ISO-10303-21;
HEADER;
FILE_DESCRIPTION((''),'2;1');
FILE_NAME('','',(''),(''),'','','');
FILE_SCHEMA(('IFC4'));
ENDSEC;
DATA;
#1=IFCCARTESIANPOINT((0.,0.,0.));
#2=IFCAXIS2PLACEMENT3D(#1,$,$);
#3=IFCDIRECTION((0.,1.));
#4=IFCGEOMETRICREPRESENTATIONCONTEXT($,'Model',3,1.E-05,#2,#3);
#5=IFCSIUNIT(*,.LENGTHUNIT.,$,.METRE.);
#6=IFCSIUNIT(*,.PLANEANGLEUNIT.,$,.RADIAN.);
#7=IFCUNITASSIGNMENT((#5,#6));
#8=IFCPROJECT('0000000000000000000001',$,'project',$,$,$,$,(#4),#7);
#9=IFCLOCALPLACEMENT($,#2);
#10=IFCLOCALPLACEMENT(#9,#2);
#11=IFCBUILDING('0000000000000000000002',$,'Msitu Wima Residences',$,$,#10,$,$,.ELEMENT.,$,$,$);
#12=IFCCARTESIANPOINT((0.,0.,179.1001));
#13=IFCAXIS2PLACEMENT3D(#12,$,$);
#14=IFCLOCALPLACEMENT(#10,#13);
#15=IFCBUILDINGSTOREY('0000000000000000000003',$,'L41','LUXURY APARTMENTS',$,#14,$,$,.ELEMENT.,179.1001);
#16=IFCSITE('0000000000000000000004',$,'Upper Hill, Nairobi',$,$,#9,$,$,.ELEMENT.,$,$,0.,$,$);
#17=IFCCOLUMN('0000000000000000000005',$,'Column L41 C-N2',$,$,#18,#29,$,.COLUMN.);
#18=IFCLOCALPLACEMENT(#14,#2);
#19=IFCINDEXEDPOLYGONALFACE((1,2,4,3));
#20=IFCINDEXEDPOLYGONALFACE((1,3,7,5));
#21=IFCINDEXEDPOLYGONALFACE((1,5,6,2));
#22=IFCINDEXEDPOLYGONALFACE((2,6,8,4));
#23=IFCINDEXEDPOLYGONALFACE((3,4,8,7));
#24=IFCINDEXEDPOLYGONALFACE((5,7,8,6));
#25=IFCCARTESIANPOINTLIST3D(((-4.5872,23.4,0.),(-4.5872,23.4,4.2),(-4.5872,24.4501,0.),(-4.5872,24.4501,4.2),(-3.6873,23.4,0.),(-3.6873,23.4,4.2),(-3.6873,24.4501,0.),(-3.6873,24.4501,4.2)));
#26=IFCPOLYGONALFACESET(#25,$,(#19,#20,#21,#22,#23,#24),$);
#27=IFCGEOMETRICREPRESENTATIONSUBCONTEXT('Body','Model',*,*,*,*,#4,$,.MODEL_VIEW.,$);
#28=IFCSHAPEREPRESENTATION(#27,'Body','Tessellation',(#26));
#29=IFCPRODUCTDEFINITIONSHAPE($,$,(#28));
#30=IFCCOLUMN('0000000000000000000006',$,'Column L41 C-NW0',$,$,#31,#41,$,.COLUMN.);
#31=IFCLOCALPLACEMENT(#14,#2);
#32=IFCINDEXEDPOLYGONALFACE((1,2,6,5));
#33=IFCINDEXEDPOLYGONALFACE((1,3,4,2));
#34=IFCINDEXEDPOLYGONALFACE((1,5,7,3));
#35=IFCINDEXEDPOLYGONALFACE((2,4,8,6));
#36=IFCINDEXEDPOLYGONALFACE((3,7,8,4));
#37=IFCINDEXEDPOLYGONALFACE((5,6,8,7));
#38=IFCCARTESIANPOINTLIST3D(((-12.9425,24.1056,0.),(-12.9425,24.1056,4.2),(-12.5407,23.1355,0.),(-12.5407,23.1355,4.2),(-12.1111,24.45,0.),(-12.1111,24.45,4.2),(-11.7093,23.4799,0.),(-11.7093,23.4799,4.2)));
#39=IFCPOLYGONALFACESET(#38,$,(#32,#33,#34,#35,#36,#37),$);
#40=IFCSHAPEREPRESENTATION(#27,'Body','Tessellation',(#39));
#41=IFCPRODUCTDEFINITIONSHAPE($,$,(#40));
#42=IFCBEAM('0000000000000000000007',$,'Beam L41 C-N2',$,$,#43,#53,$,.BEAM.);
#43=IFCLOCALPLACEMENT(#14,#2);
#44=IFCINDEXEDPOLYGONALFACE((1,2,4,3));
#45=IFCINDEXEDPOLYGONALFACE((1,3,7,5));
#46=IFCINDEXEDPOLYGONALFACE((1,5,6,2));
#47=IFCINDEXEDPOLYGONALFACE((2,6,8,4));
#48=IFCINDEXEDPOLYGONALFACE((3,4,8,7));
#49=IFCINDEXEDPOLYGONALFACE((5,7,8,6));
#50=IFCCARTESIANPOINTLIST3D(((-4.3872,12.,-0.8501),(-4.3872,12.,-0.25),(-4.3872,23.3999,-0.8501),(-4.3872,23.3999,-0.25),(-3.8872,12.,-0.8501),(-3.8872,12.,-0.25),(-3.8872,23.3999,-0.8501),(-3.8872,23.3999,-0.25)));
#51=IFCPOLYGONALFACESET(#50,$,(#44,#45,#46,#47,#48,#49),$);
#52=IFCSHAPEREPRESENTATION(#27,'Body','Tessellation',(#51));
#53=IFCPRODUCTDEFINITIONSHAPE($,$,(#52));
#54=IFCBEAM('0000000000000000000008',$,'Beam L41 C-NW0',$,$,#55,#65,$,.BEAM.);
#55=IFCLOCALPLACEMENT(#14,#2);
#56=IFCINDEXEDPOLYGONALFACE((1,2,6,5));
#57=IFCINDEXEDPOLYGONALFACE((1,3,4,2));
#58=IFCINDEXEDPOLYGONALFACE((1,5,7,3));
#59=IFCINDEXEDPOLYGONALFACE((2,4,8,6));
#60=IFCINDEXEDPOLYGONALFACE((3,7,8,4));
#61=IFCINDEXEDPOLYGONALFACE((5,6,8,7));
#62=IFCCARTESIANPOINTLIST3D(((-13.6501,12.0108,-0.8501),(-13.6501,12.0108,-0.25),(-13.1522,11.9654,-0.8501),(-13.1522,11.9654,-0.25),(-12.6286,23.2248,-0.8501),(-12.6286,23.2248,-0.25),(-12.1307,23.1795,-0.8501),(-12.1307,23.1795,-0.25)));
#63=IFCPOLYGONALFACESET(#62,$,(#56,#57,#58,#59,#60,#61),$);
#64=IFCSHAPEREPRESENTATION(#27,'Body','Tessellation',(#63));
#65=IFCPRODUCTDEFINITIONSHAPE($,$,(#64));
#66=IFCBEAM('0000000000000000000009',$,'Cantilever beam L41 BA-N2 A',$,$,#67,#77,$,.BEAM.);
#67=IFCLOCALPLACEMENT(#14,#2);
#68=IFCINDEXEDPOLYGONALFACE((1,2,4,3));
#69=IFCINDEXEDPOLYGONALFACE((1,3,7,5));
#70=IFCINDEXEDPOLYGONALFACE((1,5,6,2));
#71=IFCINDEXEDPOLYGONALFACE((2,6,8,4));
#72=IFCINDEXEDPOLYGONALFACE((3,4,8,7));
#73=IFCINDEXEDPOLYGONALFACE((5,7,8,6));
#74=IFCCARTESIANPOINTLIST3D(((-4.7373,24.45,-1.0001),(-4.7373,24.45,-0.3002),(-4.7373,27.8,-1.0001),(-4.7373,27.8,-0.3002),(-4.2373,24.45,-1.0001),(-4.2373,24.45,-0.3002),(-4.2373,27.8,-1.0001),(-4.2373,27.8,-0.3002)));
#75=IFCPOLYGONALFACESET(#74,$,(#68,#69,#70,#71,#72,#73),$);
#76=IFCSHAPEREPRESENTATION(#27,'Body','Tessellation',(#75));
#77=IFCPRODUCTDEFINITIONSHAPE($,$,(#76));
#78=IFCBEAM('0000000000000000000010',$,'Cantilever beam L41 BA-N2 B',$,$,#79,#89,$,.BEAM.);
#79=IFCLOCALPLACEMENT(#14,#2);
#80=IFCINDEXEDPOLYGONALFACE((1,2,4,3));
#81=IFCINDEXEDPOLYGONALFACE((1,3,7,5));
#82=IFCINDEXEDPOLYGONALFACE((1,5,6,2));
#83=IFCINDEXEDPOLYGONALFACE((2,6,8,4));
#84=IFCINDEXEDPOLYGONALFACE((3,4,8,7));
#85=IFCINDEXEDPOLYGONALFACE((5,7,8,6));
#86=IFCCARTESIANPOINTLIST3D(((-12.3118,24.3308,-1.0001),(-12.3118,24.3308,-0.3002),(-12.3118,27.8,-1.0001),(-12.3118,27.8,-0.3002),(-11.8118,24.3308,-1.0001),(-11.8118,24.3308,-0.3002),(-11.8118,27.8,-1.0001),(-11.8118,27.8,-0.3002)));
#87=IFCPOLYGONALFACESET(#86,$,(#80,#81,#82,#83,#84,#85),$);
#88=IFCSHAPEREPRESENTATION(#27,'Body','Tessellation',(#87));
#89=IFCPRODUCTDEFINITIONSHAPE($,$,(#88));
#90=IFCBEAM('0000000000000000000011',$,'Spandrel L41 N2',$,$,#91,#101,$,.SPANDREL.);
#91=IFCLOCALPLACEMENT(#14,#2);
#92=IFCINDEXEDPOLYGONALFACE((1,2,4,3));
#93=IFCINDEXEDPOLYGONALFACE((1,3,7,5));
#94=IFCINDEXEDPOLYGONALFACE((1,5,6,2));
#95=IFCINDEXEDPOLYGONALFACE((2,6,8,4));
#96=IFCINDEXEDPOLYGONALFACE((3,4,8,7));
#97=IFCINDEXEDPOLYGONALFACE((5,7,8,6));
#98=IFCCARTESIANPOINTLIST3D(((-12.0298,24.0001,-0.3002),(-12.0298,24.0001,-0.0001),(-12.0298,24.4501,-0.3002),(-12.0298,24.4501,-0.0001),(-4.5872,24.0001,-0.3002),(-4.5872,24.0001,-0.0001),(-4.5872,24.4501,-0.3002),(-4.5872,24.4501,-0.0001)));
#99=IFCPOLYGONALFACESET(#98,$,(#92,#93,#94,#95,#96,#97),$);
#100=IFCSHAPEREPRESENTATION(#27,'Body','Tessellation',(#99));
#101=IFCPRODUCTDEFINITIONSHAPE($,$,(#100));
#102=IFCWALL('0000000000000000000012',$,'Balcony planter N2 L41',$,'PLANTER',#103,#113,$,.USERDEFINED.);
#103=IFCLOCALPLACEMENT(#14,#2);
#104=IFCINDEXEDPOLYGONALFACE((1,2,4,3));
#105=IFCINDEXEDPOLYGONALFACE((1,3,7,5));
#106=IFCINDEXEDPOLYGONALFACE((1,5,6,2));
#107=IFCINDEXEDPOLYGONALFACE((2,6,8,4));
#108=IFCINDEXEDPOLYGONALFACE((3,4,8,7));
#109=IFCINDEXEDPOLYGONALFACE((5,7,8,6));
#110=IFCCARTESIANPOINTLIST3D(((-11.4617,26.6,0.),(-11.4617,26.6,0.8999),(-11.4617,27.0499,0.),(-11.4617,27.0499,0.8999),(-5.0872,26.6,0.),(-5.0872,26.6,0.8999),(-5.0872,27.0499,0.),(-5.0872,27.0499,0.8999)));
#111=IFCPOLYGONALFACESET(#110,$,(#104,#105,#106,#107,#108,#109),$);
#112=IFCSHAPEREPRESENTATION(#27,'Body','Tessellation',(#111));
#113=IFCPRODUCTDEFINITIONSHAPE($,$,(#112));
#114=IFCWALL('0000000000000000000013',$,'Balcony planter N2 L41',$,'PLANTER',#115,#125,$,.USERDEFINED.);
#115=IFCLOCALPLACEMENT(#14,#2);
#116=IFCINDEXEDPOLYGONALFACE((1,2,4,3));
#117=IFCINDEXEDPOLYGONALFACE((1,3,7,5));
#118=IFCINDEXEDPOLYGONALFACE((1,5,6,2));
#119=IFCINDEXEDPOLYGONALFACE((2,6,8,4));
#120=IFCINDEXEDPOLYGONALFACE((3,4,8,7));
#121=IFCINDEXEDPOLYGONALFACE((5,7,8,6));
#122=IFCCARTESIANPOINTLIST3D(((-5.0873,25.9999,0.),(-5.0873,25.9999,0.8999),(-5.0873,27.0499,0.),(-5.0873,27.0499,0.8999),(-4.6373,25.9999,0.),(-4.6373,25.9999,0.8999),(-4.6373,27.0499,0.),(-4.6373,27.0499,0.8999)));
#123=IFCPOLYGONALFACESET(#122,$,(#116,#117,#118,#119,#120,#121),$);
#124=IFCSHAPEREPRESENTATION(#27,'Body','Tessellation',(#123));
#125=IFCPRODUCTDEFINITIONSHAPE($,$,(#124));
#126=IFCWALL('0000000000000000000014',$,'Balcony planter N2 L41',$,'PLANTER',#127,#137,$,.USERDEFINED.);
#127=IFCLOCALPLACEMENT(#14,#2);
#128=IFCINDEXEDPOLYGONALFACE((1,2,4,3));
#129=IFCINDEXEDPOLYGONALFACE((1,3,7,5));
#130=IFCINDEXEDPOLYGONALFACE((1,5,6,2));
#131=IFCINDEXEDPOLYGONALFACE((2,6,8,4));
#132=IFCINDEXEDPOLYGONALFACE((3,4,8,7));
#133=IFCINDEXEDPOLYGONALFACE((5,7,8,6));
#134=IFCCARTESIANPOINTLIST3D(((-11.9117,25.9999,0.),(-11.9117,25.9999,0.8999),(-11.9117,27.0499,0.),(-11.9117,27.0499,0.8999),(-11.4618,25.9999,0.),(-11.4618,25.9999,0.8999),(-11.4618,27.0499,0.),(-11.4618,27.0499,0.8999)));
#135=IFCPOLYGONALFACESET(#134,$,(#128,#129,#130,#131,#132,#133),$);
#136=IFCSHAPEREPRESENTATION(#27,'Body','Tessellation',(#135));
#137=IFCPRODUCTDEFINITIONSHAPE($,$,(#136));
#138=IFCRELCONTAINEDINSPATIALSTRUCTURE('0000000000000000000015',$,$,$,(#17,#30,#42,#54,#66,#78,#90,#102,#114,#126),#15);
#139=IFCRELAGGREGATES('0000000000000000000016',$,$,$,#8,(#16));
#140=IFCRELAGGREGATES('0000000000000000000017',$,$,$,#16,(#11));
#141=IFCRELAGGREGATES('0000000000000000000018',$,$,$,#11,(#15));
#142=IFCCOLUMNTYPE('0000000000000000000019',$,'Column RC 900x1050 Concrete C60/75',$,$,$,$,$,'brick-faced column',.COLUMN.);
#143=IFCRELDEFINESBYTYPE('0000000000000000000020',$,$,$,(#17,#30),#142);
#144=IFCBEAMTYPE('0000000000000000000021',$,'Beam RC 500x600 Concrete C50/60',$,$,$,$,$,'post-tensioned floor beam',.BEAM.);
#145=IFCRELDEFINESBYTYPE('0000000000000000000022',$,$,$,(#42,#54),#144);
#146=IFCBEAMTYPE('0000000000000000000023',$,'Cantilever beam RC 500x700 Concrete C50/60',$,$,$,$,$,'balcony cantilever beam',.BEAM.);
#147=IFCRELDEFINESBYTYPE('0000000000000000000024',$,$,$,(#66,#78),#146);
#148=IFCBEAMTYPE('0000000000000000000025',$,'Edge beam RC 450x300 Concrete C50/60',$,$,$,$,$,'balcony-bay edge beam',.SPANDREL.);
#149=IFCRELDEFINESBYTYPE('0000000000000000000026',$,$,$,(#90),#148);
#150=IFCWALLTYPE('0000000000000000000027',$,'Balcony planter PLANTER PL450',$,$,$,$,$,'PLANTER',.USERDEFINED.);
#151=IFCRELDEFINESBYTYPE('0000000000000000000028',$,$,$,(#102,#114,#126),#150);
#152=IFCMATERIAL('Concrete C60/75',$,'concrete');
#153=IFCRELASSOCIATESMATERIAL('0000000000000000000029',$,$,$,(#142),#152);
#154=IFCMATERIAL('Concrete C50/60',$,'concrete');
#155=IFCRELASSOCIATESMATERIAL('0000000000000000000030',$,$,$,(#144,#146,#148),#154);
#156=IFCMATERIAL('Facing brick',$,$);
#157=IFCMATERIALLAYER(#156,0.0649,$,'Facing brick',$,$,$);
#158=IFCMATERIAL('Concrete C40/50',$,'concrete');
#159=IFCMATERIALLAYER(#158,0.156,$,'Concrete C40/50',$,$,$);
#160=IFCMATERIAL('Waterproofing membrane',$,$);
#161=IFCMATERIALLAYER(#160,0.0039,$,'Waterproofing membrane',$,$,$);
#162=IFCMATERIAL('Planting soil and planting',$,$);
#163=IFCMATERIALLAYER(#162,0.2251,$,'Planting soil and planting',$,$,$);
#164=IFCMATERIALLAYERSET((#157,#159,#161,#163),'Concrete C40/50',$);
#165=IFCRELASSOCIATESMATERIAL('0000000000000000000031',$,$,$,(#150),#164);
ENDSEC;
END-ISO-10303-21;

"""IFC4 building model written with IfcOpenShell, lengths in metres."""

from ifc_helpers import new_model, si_unit, direction, frame, frame_2d, origin, origin_2d, place, context, subcontext, project, spatial, rectangle, extrude, material, layer, layer_set, material_profile, profile_set, type_object, element, save


model = new_model("IFC4")

# Units and contexts
model_context = context("Model", 3, precision=1e-05, world=origin(), true_north=direction((0.0, 1.0)))
body_context = subcontext(model_context, "Body", "Model", "MODEL_VIEW")
ifc_project = project(units=[si_unit("LENGTHUNIT", "METRE"), si_unit("PLANEANGLEUNIT", "RADIAN")], contexts=[model_context])

# Site, building, storey
site_placement = place(None, origin())
site = spatial("IfcSite", under=ifc_project, at=site_placement, Name="Upper Hill, Nairobi", CompositionType="ELEMENT", RefElevation=0.0)
building_placement = place(site_placement, origin())
building = spatial("IfcBuilding", under=site, at=building_placement, Name="Msitu Wima Residences", CompositionType="ELEMENT")
storey_placement = place(building_placement, frame((0.0, 0.0, 179.1001)))
storey = spatial("IfcBuildingStorey", under=building, at=storey_placement, Name="L41", Description="LUXURY APARTMENTS", CompositionType="ELEMENT", Elevation=179.1001)

# Columns
ifc_material_1 = material(Name="Concrete C60/75", Category="concrete")
ifc_material_profile_1 = material_profile(ifc_material_1, rectangle(XDim=0.8999, YDim=1.05, at=origin_2d()), Name="RC 900x1050")
ifc_profile_set_1 = profile_set([ifc_material_profile_1], Name="Concrete C60/75")
column_type = type_object("IfcColumnType", Name="Column RC 900x1050 Concrete C60/75", ElementType="brick-faced column", PredefinedType="COLUMN", material=ifc_profile_set_1)
for number, where, z_axis, x_axis, name in (
    (1, (-4.1372, 23.925, 0.0), (0.0, 0.0, 1.0), (-1.0, 0.0, 0.0), "Column L41 C-N2"),
    (2, (-12.3259, 23.7927, 0.0), (0.0, 0.0, 1.0), (-0.92388, -0.382683, 0.0), "Column L41 C-NW0"),
):
    element("IfcColumn", number, at=place(storey_placement, frame(where, z_axis=z_axis, x_axis=x_axis)), inside=storey, type_object=column_type, Name=name, PredefinedType="COLUMN", context=body_context, shape_type="SweptSolid", body=[
        extrude(rectangle(XDim=0.8999, YDim=1.05, at=origin_2d()), origin(), (0.0, 0.0, 1.0), 4.2),
    ])

# Beams
ifc_material_2 = material(Name="Concrete C50/60", Category="concrete")
ifc_material_profile_2 = material_profile(ifc_material_2, rectangle(XDim=0.5, YDim=0.6001, at=origin_2d()), Name="RC 500x600")
ifc_profile_set_2 = profile_set([ifc_material_profile_2], Name="Concrete C50/60")
beam_type_1 = type_object("IfcBeamType", Name="Beam RC 500x600 Concrete C50/60", ElementType="post-tensioned floor beam", PredefinedType="BEAM", material=ifc_profile_set_2)
beam_1_placement = place(storey_placement, frame((-4.1372, 23.3999, -0.55), z_axis=(0.0, -1.0, 0.0), x_axis=(1.0, 0.0, 0.0)))
element("IfcBeam", 3, at=beam_1_placement, inside=storey, type_object=beam_type_1, Name="Beam L41 C-N2", PredefinedType="BEAM", context=body_context, shape_type="SweptSolid", body=[
    extrude(rectangle(XDim=0.5, YDim=0.6001, at=origin_2d()), origin(), (0.0, 0.0, 1.0), 11.3999),
])
beam_2_placement = place(storey_placement, frame((-12.3796, 23.2021, -0.55), z_axis=(-0.090714, -0.995877, 0.0), x_axis=(0.995877, -0.090714, 0.0)))
element("IfcBeam", 4, at=beam_2_placement, inside=storey, type_object=beam_type_1, Name="Beam L41 C-NW0", PredefinedType="BEAM", context=body_context, shape_type="SweptSolid", body=[
    extrude(rectangle(XDim=0.5, YDim=0.6001, at=origin_2d()), origin(), (0.0, 0.0, 1.0), 11.2605),
])
ifc_material_profile_3 = material_profile(ifc_material_2, rectangle(XDim=0.5, YDim=0.7, at=origin_2d()), Name="RC 500x700")
ifc_profile_set_3 = profile_set([ifc_material_profile_3], Name="Concrete C50/60")
beam_type_2 = type_object("IfcBeamType", Name="Cantilever beam RC 500x700 Concrete C50/60", ElementType="balcony cantilever beam", PredefinedType="BEAM", material=ifc_profile_set_3)
beam_3_placement = place(storey_placement, frame((-4.4873, 24.45, -0.6501), z_axis=(0.0, 1.0, 0.0), x_axis=(-1.0, 0.0, 0.0)))
element("IfcBeam", 5, at=beam_3_placement, inside=storey, type_object=beam_type_2, Name="Cantilever beam L41 BA-N2 A", PredefinedType="BEAM", context=body_context, shape_type="SweptSolid", body=[
    extrude(rectangle(XDim=0.5, YDim=0.7, at=origin_2d()), origin(), (0.0, 0.0, 1.0), 3.3501),
])
beam_4_placement = place(storey_placement, frame((-12.0618, 24.3308, -0.6501), z_axis=(0.0, 1.0, 0.0), x_axis=(-1.0, 0.0, 0.0)))
element("IfcBeam", 6, at=beam_4_placement, inside=storey, type_object=beam_type_2, Name="Cantilever beam L41 BA-N2 B", PredefinedType="BEAM", context=body_context, shape_type="SweptSolid", body=[
    extrude(rectangle(XDim=0.5, YDim=0.7, at=origin_2d()), origin(), (0.0, 0.0, 1.0), 3.4692),
])
ifc_material_profile_4 = material_profile(ifc_material_2, rectangle(XDim=0.45, YDim=0.3, at=origin_2d()), Name="RC 450x300")
ifc_profile_set_4 = profile_set([ifc_material_profile_4], Name="Concrete C50/60")
beam_type_3 = type_object("IfcBeamType", Name="Edge beam RC 450x300 Concrete C50/60", ElementType="balcony-bay edge beam", PredefinedType="SPANDREL", material=ifc_profile_set_4)
beam_5_placement = place(storey_placement, frame((-4.5872, 24.2251, -0.1501), z_axis=(-1.0, 0.0, 0.0), x_axis=(0.0, -1.0, 0.0)))
element("IfcBeam", 7, at=beam_5_placement, inside=storey, type_object=beam_type_3, Name="Spandrel L41 N2", PredefinedType="SPANDREL", context=body_context, shape_type="SweptSolid", body=[
    extrude(rectangle(XDim=0.45, YDim=0.3, at=origin_2d()), origin(), (0.0, 0.0, 1.0), 7.4426),
])

# Walls
ifc_material_3 = material(Name="Facing brick")
ifc_layer_1 = layer(ifc_material_3, 0.0649, Name="Facing brick")
ifc_material_4 = material(Name="Concrete C40/50", Category="concrete")
ifc_layer_2 = layer(ifc_material_4, 0.156, Name="Concrete C40/50")
ifc_material_5 = material(Name="Waterproofing membrane")
ifc_layer_3 = layer(ifc_material_5, 0.0039, Name="Waterproofing membrane")
ifc_material_6 = material(Name="Planting soil and planting")
ifc_layer_4 = layer(ifc_material_6, 0.2251, Name="Planting soil and planting")
ifc_layer_set_1 = layer_set([ifc_layer_1, ifc_layer_2, ifc_layer_3, ifc_layer_4], Name="Concrete C40/50")
wall_type_1 = type_object("IfcWallType", Name="Balcony planter PLANTER PL450", ElementType="PLANTER", PredefinedType="USERDEFINED", material=ifc_layer_set_1)
wall_1_placement = place(storey_placement, frame((-5.0872, 26.825, 0.0), z_axis=(0.0, 0.0, 1.0), x_axis=(-1.0, 0.0, 0.0)))
element("IfcWall", 8, at=wall_1_placement, inside=storey, type_object=wall_type_1, Name="Balcony planter N2 L41", ObjectType="PLANTER", PredefinedType="USERDEFINED", context=body_context, shape_type="SweptSolid", body=[
    extrude(rectangle(XDim=6.3745, YDim=0.45, at=frame_2d((3.1873, 0.0))), origin(), (0.0, 0.0, 1.0), 0.8999),
])
for number, where, z_axis, x_axis, name in (
    (9, (-4.8623, 26.0, 0.0), (0.0, 0.0, 1.0), (0.0, 1.0, 0.0), "Balcony planter N2 L41"),
    (10, (-11.6868, 26.0, 0.0), (0.0, 0.0, 1.0), (0.0, 1.0, 0.0), "Balcony planter N2 L41"),
):
    element("IfcWall", number, at=place(storey_placement, frame(where, z_axis=z_axis, x_axis=x_axis)), inside=storey, type_object=wall_type_1, Name=name, ObjectType="PLANTER", PredefinedType="USERDEFINED", context=body_context, shape_type="SweptSolid", body=[
        extrude(rectangle(XDim=1.05, YDim=0.45, at=frame_2d((0.5249, 0.0))), origin(), (0.0, 0.0, 1.0), 0.8999),
    ])

save(model, "model.ifc")
